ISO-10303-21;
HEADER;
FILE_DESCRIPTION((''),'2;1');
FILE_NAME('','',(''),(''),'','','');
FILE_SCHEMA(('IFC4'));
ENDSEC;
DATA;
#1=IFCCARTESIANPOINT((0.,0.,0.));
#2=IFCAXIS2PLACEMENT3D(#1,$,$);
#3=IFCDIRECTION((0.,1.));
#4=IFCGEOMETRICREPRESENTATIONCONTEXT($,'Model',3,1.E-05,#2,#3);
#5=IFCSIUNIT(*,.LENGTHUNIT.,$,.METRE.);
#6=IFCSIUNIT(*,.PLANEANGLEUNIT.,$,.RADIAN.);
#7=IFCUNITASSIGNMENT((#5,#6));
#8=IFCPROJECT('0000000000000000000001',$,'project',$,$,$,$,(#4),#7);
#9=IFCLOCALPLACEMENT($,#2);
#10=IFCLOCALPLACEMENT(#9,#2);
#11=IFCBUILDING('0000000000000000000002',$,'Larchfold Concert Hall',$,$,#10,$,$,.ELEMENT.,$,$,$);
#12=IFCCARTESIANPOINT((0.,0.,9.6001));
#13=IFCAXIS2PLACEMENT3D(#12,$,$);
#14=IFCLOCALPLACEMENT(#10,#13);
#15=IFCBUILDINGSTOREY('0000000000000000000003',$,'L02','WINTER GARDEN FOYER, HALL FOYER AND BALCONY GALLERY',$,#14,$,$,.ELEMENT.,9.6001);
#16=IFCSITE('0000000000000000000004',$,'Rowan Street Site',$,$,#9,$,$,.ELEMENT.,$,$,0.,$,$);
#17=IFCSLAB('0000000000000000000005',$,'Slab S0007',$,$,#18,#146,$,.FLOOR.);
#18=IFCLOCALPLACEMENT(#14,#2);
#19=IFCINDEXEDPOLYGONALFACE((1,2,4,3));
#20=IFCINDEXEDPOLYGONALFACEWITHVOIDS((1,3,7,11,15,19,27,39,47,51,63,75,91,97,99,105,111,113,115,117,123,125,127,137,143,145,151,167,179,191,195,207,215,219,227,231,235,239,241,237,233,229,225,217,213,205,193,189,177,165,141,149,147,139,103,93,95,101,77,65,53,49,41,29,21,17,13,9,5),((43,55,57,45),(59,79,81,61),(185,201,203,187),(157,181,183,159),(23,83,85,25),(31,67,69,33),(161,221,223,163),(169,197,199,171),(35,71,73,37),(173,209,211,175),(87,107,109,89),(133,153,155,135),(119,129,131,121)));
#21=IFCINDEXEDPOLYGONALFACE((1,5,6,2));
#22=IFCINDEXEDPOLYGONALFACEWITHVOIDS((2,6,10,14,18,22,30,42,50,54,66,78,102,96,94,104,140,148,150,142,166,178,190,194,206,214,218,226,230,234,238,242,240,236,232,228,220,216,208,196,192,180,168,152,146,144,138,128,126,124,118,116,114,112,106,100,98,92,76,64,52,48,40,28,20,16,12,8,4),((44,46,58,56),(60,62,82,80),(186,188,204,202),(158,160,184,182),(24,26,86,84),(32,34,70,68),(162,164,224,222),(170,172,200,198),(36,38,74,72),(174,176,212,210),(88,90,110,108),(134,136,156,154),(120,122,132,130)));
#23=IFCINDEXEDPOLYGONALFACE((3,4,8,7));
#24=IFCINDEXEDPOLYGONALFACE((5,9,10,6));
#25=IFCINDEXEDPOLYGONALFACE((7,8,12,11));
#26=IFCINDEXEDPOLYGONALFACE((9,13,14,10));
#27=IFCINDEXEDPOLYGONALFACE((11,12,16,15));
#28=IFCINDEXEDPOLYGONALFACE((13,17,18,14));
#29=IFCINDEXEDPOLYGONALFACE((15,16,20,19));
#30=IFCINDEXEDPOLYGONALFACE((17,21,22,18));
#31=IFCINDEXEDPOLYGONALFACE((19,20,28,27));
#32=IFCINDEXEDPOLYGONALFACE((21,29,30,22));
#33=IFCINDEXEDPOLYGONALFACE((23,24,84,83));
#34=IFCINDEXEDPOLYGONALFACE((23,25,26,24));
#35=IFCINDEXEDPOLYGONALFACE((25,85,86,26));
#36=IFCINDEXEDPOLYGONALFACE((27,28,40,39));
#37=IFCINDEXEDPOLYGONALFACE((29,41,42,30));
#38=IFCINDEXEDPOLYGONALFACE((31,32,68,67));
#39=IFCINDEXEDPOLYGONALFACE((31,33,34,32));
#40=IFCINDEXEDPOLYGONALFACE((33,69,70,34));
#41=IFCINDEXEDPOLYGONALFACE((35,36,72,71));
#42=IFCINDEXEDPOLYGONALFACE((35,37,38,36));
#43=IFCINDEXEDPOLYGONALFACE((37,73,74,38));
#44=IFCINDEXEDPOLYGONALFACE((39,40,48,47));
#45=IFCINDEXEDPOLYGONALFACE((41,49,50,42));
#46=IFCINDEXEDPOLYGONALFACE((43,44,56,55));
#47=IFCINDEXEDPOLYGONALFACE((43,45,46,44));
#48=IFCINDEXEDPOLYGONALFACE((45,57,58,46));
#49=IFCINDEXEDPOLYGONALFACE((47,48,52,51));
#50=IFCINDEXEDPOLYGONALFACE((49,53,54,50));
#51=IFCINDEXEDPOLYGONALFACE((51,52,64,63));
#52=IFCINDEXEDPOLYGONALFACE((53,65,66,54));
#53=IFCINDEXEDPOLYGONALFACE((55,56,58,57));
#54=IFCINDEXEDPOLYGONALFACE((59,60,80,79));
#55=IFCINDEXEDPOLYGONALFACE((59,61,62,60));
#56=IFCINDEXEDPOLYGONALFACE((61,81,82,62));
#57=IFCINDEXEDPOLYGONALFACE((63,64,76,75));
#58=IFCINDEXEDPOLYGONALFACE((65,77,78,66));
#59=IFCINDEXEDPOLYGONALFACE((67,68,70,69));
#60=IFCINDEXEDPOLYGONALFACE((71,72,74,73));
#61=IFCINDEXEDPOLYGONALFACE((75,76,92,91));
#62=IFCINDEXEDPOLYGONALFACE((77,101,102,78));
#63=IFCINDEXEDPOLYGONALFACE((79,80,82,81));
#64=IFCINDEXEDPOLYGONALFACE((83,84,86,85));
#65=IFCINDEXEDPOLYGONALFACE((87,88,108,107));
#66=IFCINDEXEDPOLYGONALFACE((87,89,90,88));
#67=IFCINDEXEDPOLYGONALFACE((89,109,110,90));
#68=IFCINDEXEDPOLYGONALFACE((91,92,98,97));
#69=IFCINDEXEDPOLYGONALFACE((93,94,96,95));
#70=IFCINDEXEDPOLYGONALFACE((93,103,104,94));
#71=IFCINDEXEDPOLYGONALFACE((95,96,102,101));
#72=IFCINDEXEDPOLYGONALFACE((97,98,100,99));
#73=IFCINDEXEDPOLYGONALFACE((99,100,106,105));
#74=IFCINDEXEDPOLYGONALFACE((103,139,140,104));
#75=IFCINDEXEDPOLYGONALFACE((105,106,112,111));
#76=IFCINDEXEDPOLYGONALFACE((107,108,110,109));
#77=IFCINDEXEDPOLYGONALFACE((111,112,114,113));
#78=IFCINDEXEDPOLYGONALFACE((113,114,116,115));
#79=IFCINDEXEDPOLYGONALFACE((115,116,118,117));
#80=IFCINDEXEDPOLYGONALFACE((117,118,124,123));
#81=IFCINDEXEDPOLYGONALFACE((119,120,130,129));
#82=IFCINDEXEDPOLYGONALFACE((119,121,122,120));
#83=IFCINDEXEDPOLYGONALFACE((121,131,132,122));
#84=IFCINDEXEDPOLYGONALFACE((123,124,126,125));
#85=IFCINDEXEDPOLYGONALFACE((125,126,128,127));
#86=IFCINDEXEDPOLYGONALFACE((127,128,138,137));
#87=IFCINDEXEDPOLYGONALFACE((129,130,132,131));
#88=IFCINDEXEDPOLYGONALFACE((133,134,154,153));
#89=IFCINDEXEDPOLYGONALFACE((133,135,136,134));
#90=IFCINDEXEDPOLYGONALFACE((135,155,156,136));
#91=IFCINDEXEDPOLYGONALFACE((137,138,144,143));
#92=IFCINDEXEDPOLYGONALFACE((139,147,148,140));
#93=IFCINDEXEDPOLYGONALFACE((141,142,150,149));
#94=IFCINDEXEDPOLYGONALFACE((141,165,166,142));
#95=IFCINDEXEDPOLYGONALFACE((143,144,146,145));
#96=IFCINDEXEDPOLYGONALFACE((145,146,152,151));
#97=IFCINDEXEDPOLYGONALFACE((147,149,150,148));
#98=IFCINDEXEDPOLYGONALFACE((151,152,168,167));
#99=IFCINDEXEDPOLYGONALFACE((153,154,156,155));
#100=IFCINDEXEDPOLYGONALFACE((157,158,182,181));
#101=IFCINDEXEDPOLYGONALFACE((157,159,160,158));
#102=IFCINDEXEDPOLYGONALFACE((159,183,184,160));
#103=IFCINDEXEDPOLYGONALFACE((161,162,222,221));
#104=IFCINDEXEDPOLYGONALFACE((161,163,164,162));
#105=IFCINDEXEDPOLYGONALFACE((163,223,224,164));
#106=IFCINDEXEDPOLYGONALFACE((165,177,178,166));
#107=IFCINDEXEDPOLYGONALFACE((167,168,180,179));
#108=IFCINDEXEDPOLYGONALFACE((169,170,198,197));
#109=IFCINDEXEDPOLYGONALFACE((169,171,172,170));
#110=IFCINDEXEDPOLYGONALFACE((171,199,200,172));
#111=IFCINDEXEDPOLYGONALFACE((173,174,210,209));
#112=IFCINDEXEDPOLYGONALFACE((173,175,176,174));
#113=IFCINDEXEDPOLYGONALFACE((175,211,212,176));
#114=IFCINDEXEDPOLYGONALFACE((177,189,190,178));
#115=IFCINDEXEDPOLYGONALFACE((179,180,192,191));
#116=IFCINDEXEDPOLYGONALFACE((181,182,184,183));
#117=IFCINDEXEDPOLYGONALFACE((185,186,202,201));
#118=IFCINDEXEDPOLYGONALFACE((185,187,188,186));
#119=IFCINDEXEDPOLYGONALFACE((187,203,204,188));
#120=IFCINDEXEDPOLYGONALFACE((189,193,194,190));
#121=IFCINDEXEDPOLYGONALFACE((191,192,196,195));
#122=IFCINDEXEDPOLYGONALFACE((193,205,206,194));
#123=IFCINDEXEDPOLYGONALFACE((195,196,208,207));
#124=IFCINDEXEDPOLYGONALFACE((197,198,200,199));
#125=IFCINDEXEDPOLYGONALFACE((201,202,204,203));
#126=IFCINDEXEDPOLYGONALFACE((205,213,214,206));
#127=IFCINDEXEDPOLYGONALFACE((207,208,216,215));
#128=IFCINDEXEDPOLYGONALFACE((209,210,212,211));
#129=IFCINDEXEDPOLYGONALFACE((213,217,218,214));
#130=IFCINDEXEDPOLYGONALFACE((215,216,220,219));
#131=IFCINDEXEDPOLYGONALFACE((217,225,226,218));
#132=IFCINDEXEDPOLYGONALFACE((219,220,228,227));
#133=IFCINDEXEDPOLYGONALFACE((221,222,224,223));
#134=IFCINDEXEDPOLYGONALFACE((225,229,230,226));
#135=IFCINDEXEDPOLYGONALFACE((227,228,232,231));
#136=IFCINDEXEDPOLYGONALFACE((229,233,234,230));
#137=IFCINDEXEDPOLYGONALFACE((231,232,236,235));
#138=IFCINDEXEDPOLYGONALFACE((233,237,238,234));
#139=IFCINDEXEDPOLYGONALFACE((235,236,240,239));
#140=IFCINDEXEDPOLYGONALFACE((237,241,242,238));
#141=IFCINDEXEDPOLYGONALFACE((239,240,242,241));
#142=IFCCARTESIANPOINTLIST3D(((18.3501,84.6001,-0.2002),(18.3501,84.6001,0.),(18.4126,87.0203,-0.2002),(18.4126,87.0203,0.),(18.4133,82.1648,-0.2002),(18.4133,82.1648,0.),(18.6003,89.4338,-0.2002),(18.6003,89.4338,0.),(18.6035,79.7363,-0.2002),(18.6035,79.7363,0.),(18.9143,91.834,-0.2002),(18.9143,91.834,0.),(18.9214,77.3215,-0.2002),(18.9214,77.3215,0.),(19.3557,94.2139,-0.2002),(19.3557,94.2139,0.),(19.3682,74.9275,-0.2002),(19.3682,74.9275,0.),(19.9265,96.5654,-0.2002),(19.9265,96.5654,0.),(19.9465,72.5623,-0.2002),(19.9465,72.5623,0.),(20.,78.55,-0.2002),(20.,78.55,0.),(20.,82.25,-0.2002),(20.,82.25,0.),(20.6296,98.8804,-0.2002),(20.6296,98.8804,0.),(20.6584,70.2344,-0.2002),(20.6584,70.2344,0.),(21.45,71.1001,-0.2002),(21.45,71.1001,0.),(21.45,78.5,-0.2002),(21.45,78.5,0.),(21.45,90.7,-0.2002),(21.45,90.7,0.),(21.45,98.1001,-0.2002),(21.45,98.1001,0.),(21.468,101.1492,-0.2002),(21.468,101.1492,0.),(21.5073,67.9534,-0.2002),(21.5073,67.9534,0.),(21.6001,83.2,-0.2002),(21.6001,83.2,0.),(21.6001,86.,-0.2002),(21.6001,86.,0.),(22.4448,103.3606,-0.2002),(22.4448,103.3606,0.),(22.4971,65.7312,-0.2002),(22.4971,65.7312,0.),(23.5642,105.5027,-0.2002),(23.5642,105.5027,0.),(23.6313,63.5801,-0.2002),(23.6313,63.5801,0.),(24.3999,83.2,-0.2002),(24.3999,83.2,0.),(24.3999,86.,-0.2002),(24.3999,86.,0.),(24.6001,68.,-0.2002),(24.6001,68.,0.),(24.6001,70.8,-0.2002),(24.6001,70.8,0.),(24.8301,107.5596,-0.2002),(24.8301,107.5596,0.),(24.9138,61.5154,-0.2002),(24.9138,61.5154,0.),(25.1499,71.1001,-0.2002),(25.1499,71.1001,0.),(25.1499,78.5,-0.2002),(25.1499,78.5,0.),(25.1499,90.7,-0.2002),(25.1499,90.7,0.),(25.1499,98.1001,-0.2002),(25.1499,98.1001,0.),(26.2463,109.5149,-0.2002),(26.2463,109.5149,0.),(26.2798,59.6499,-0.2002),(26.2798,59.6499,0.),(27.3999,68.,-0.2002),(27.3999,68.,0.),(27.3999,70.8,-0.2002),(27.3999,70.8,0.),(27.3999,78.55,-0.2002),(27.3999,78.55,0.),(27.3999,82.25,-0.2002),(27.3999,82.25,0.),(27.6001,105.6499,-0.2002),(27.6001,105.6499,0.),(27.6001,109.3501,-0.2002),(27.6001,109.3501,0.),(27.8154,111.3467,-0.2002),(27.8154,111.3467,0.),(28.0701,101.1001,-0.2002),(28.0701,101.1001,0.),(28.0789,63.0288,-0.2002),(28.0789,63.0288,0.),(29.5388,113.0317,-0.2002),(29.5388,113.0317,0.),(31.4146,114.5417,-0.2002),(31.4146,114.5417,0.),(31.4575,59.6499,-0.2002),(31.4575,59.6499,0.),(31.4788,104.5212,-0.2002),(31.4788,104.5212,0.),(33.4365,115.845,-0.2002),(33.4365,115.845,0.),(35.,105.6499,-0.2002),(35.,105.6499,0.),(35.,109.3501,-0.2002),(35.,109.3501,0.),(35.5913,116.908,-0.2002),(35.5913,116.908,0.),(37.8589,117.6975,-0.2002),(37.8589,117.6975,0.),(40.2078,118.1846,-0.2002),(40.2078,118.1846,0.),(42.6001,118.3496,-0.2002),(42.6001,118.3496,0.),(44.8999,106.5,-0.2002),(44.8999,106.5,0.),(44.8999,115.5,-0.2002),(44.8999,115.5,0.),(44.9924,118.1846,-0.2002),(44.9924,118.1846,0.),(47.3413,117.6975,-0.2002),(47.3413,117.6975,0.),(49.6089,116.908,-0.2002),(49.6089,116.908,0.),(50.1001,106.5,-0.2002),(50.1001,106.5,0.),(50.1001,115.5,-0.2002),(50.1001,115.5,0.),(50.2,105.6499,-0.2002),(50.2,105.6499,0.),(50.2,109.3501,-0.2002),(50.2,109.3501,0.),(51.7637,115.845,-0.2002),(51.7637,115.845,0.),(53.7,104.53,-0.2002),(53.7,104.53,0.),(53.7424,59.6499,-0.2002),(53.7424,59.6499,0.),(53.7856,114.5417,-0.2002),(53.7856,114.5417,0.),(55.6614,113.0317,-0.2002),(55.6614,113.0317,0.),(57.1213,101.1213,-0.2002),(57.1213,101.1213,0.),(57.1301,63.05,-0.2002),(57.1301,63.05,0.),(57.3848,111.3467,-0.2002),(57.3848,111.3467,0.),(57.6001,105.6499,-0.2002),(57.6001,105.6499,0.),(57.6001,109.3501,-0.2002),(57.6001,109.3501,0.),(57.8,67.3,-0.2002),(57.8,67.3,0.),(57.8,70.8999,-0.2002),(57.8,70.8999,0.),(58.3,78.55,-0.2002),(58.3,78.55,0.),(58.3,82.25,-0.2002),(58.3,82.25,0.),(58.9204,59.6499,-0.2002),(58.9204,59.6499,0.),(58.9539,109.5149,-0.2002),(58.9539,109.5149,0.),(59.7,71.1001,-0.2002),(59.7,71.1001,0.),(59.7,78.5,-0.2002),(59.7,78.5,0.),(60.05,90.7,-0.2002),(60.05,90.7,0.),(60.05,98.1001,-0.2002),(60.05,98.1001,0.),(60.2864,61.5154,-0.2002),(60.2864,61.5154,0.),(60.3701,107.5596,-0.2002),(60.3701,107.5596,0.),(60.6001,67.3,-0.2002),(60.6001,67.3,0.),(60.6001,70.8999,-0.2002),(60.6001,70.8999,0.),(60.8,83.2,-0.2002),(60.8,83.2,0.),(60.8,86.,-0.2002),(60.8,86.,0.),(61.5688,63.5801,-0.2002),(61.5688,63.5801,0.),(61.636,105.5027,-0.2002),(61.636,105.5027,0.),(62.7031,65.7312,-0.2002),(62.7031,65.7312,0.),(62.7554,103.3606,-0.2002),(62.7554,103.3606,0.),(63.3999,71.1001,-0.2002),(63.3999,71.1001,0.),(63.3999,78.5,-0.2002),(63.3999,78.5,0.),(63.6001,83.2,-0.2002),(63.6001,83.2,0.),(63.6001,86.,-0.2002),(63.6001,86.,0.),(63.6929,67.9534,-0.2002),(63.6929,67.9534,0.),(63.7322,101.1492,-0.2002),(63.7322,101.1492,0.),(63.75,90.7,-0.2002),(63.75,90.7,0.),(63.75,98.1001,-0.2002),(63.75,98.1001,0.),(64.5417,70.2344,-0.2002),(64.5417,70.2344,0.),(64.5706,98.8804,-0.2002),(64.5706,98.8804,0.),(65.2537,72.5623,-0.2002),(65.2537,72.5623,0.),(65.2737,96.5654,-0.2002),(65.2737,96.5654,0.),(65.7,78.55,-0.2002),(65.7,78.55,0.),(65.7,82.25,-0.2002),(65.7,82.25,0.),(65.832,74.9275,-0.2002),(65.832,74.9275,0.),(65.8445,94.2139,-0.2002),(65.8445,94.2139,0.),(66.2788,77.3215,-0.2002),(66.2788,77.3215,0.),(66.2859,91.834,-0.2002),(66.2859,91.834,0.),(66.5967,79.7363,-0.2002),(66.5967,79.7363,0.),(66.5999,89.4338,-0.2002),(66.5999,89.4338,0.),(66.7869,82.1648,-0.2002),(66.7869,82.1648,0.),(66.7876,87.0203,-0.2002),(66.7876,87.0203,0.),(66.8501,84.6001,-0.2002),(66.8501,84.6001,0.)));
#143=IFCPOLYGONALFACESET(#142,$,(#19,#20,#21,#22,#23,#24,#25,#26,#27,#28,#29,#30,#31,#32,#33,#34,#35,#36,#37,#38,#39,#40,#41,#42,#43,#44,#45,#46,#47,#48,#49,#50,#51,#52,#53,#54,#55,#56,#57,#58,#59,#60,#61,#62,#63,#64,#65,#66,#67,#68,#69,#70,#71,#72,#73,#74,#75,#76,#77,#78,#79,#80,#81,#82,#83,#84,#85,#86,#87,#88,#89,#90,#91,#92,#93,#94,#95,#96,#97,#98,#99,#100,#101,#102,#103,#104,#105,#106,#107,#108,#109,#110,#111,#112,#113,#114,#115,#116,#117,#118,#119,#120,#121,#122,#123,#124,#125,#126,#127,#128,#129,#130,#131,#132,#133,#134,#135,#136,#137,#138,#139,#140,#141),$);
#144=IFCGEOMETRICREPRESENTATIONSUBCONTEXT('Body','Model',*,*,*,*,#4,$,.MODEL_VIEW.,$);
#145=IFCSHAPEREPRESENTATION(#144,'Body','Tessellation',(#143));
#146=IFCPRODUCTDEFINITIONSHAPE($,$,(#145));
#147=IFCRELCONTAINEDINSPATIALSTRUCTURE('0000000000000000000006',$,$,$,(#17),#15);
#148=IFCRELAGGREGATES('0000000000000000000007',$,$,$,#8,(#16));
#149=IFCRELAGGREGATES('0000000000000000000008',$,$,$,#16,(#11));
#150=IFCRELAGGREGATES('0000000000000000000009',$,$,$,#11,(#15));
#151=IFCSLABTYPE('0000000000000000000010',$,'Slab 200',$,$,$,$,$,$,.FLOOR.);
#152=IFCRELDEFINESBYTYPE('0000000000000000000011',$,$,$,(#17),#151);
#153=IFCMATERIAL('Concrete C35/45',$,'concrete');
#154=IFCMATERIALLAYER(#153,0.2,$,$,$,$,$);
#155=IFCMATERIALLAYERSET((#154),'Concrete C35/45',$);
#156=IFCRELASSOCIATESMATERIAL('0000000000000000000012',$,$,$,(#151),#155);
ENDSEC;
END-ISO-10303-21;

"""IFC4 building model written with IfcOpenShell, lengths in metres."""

from ifc_helpers import new_model, si_unit, direction, frame, origin, place, context, subcontext, project, spatial, polyline, outline, extrude, material, layer, layer_set, type_object, element, save


model = new_model("IFC4")

# Units and contexts
model_context = context("Model", 3, precision=1e-05, world=origin(), true_north=direction((0.0, 1.0)))
body_context = subcontext(model_context, "Body", "Model", "MODEL_VIEW")
ifc_project = project(units=[si_unit("LENGTHUNIT", "METRE"), si_unit("PLANEANGLEUNIT", "RADIAN")], contexts=[model_context])

# Site, building, storey
site_placement = place(None, origin())
site = spatial("IfcSite", under=ifc_project, at=site_placement, Name="Rowan Street Site", CompositionType="ELEMENT", RefElevation=0.0)
building_placement = place(site_placement, origin())
building = spatial("IfcBuilding", under=site, at=building_placement, Name="Larchfold Concert Hall", CompositionType="ELEMENT")
storey_placement = place(building_placement, frame((0.0, 0.0, 9.6001)))
storey = spatial("IfcBuildingStorey", under=building, at=storey_placement, Name="L02", Description="WINTER GARDEN FOYER, HALL FOYER AND BALCONY GALLERY", CompositionType="ELEMENT", Elevation=9.6001)

# Slab
ifc_material_1 = material(Name="Concrete C35/45", Category="concrete")
ifc_layer_1 = layer(ifc_material_1, 0.2)
ifc_layer_set_1 = layer_set([ifc_layer_1], Name="Concrete C35/45")
slab_type_1 = type_object("IfcSlabType", Name="Slab 200", PredefinedType="FLOOR", material=ifc_layer_set_1)
slab_1_placement = place(storey_placement, frame((0.0, 0.0, -0.2002)))
element("IfcSlab", 1, at=slab_1_placement, inside=storey, type_object=slab_type_1, Name="Slab S0007", PredefinedType="FLOOR", context=body_context, shape_type="SweptSolid", body=[
    extrude(outline(polyline([(24.9138, 61.5154), (26.2798, 59.6499), (31.4575, 59.6499), (28.0789, 63.0288), (28.0701, 101.1001), (31.4788, 104.5212), (53.7, 104.53), (57.1213, 101.1213), (57.1301, 63.05), (53.7424, 59.6499), (58.9204, 59.6499), (60.2864, 61.5154), (61.5688, 63.5801), (62.7031, 65.7312), (63.6929, 67.9534), (64.5417, 70.2344), (65.2537, 72.5623), (65.832, 74.9275), (66.2788, 77.3215), (66.5967, 79.7363), (66.7869, 82.1648), (66.8501, 84.6001), (66.7876, 87.0203), (66.5999, 89.4338), (66.2859, 91.834), (65.8445, 94.2139), (65.2737, 96.5654), (64.5706, 98.8804), (63.7322, 101.1492), (62.7554, 103.3606), (61.636, 105.5027), (60.3701, 107.5596), (58.9539, 109.5149), (57.3848, 111.3467), (55.6614, 113.0317), (53.7856, 114.5417), (51.7637, 115.845), (49.6089, 116.908), (47.3413, 117.6975), (44.9924, 118.1846), (42.6001, 118.3496), (40.2078, 118.1846), (37.8589, 117.6975), (35.5913, 116.908), (33.4365, 115.845), (31.4146, 114.5417), (29.5388, 113.0317), (27.8154, 111.3467), (26.2463, 109.5149), (24.8301, 107.5596), (23.5642, 105.5027), (22.4448, 103.3606), (21.468, 101.1492), (20.6296, 98.8804), (19.9265, 96.5654), (19.3557, 94.2139), (18.9143, 91.834), (18.6003, 89.4338), (18.4126, 87.0203), (18.3501, 84.6001), (18.4133, 82.1648), (18.6035, 79.7363), (18.9214, 77.3215), (19.3682, 74.9275), (19.9465, 72.5623), (20.6584, 70.2344), (21.5073, 67.9534), (22.4971, 65.7312), (23.6313, 63.5801), (24.9138, 61.5154)]), holes=[polyline([(24.6001, 70.8), (27.3999, 70.8), (27.3999, 68.0), (24.6001, 68.0), (24.6001, 70.8)]), polyline([(25.1499, 78.5), (25.1499, 71.1001), (21.45, 71.1001), (21.45, 78.5), (25.1499, 78.5)]), polyline([(27.3999, 82.25), (27.3999, 78.55), (20.0, 78.55), (20.0, 82.25), (27.3999, 82.25)]), polyline([(21.6001, 86.0), (24.3999, 86.0), (24.3999, 83.2), (21.6001, 83.2), (21.6001, 86.0)]), polyline([(25.1499, 98.1001), (25.1499, 90.7), (21.45, 90.7), (21.45, 98.1001), (25.1499, 98.1001)]), polyline([(35.0, 109.3501), (35.0, 105.6499), (27.6001, 105.6499), (27.6001, 109.3501), (35.0, 109.3501)]), polyline([(44.8999, 115.5), (50.1001, 115.5), (50.1001, 106.5), (44.8999, 106.5), (44.8999, 115.5)]), polyline([(60.6001, 70.8999), (60.6001, 67.3), (57.8, 67.3), (57.8, 70.8999), (60.6001, 70.8999)]), polyline([(63.3999, 78.5), (63.3999, 71.1001), (59.7, 71.1001), (59.7, 78.5), (63.3999, 78.5)]), polyline([(65.7, 82.25), (65.7, 78.55), (58.3, 78.55), (58.3, 82.25), (65.7, 82.25)]), polyline([(63.6001, 86.0), (63.6001, 83.2), (60.8, 83.2), (60.8, 86.0), (63.6001, 86.0)]), polyline([(63.75, 98.1001), (63.75, 90.7), (60.05, 90.7), (60.05, 98.1001), (63.75, 98.1001)]), polyline([(57.6001, 109.3501), (57.6001, 105.6499), (50.2, 105.6499), (50.2, 109.3501), (57.6001, 109.3501)])]), origin(), (0.0, 0.0, 1.0), 0.2002),
])

save(model, "model.ifc")
